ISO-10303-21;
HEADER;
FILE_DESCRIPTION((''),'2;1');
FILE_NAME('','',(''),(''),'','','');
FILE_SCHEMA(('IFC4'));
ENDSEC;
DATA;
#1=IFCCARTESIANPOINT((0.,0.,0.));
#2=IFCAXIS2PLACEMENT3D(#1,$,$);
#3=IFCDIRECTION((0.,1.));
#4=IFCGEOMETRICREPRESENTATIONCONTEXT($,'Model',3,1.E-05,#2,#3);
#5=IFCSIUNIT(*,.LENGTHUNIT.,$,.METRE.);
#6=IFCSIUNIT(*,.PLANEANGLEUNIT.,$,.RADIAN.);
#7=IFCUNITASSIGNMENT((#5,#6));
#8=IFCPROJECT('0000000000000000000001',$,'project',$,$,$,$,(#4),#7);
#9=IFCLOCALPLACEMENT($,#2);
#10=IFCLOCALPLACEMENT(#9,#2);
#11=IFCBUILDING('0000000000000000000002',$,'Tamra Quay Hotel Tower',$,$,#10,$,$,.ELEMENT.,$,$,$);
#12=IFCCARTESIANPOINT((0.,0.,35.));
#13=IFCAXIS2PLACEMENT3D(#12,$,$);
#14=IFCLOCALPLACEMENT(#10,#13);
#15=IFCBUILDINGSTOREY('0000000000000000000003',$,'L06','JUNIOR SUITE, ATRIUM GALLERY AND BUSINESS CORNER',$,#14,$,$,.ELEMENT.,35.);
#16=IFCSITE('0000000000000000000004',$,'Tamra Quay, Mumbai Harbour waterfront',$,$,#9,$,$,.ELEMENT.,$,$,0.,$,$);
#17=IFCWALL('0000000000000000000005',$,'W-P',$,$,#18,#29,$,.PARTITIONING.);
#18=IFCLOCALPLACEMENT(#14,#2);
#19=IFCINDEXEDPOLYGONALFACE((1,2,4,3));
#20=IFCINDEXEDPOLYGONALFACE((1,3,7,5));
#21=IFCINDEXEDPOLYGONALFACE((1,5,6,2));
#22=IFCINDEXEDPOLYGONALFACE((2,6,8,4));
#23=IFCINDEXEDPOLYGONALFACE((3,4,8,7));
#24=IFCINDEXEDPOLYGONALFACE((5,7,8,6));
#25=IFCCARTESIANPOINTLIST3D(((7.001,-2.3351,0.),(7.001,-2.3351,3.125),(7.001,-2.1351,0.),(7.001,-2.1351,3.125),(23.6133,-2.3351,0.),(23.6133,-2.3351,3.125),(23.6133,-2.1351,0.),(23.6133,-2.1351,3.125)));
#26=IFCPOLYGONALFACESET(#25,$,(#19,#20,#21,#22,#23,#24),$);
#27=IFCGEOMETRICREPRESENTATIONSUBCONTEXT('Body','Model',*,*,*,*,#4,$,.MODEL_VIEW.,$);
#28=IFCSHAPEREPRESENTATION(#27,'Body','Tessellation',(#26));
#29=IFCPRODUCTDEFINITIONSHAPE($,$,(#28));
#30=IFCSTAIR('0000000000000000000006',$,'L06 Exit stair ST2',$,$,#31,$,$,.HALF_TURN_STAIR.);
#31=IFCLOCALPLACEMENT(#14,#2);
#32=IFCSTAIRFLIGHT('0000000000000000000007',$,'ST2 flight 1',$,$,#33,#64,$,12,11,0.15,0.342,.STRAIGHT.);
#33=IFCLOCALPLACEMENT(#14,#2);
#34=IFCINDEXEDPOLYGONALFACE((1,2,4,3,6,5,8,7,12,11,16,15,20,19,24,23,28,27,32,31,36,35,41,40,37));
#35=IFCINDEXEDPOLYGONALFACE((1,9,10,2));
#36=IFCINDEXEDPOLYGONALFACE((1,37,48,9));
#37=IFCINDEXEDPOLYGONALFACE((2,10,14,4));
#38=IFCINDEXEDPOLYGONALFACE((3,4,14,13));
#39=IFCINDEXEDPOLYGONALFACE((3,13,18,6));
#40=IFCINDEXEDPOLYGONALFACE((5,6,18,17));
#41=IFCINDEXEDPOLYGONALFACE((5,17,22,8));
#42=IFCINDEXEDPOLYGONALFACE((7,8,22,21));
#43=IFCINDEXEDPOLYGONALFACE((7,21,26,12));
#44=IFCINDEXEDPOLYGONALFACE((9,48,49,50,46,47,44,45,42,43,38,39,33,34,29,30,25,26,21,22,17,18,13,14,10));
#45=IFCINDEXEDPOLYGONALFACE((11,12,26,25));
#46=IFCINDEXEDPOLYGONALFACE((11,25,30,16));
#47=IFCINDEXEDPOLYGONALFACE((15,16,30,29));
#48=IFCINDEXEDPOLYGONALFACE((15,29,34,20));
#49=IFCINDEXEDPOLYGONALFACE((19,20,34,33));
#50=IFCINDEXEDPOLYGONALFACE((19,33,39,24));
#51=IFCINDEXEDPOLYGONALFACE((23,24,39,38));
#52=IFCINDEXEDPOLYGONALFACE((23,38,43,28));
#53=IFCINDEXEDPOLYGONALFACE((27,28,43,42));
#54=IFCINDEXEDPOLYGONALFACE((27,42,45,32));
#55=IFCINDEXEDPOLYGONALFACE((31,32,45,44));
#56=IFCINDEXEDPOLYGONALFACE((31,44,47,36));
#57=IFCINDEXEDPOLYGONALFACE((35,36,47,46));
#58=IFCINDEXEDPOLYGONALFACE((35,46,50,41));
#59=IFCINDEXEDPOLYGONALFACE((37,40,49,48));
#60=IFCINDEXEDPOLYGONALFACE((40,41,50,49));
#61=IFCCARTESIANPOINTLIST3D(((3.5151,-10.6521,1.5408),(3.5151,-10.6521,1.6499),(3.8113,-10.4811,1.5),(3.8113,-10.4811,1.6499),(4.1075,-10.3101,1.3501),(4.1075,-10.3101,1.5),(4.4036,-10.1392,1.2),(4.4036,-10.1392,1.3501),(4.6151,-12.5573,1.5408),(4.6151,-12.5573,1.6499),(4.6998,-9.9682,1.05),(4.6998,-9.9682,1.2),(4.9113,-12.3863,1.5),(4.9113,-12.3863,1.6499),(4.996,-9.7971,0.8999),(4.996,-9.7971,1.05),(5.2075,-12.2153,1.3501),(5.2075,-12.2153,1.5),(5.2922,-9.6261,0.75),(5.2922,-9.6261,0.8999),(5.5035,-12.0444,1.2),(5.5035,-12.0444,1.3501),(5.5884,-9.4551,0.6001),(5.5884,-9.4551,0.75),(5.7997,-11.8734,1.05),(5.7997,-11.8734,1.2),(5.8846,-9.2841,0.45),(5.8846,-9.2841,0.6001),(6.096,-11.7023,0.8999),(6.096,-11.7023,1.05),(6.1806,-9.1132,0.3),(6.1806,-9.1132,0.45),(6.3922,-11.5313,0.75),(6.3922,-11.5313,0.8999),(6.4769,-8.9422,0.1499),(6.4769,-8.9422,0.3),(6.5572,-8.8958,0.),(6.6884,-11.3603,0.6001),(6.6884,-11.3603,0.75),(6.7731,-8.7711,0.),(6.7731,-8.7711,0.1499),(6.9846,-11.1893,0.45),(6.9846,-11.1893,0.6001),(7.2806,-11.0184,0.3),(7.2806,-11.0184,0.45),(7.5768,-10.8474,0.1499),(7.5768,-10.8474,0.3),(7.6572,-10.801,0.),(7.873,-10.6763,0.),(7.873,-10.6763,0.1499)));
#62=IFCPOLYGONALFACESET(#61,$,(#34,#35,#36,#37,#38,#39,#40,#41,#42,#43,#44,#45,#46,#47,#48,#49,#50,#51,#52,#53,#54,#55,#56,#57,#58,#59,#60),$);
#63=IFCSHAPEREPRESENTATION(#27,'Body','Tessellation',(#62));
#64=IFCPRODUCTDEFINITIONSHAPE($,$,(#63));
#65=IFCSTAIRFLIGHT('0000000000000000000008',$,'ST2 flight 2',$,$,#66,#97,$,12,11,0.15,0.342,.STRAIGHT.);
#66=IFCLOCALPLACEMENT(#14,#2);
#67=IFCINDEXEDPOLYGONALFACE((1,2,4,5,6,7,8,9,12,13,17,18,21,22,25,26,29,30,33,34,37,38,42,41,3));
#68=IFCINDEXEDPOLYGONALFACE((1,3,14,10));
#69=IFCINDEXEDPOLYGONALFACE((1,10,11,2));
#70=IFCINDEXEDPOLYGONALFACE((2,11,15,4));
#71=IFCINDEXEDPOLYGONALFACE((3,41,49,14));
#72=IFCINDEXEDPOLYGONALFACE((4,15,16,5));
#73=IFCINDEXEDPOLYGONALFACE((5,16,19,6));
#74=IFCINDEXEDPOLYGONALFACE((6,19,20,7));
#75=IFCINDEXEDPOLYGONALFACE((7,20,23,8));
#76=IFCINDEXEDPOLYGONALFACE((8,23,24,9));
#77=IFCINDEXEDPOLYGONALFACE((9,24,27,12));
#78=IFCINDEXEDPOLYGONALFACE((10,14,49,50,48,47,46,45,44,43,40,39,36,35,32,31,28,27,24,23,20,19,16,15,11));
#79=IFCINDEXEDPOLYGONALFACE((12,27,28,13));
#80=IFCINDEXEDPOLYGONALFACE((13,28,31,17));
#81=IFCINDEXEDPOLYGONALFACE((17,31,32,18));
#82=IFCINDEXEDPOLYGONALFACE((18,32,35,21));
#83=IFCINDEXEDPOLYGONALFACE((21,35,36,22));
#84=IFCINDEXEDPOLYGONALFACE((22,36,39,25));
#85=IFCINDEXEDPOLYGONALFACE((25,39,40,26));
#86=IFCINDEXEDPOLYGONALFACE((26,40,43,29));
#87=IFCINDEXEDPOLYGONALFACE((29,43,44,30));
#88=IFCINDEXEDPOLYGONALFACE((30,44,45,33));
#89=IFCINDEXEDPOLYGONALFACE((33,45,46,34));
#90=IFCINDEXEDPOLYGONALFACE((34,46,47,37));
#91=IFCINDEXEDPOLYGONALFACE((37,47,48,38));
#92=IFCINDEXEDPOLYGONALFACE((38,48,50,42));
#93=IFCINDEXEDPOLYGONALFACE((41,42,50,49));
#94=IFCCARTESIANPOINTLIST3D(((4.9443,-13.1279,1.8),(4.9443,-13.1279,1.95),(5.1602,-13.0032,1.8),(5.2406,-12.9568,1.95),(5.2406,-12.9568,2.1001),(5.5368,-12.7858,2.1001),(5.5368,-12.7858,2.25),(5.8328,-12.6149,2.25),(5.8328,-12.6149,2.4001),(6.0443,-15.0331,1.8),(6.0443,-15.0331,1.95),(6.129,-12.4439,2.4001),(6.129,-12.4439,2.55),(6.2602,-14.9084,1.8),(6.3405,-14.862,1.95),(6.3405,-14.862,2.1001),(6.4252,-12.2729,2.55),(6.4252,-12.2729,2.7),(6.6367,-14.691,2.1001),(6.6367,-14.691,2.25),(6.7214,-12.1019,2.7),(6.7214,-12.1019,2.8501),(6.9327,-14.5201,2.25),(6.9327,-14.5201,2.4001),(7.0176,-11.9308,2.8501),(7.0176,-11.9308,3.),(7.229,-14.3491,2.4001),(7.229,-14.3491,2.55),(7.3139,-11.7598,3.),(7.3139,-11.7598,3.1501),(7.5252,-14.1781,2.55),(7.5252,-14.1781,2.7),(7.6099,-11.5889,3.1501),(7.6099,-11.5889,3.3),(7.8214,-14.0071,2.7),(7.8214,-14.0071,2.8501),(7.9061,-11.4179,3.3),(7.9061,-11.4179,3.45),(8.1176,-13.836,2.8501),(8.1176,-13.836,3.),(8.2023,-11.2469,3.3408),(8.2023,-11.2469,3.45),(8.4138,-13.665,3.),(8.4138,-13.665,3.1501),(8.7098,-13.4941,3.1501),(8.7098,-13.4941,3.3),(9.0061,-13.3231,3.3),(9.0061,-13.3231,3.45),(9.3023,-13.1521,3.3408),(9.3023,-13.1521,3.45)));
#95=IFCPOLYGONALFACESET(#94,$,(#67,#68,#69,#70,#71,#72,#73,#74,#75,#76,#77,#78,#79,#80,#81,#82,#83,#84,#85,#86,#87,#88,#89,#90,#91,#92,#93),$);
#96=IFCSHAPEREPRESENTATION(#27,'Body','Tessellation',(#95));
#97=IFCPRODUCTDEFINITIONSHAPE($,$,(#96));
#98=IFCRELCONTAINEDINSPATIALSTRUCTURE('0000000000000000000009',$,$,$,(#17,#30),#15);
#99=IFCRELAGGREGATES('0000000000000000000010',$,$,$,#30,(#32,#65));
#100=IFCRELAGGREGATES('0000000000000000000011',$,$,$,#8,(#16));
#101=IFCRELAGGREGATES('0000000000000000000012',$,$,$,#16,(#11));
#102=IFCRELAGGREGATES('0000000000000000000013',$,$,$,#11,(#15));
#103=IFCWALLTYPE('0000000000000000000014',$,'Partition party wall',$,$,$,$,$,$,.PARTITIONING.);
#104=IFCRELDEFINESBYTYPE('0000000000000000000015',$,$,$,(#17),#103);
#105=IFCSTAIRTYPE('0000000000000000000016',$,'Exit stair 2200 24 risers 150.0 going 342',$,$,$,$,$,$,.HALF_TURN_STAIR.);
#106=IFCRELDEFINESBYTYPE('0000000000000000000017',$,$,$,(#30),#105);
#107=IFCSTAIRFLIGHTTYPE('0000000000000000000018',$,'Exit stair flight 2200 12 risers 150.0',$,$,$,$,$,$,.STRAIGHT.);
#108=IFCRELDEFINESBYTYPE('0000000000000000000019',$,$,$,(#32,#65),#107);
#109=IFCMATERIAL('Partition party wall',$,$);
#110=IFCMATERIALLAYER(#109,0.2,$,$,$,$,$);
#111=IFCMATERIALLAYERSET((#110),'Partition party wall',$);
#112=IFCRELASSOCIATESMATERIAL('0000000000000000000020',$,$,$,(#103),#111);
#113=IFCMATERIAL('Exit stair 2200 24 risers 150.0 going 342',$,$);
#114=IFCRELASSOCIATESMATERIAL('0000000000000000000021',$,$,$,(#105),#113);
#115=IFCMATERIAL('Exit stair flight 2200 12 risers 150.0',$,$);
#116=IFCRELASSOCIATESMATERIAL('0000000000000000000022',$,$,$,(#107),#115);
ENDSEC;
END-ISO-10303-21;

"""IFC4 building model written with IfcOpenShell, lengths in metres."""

from ifc_helpers import new_model, si_unit, direction, frame, frame_2d, origin, place, context, subcontext, project, spatial, polyline, rectangle, outline, extrude, material, layer, layer_set, type_object, element, aggregate, save


model = new_model("IFC4")

# Units and contexts
model_context = context("Model", 3, precision=1e-05, world=origin(), true_north=direction((0.0, 1.0)))
body_context = subcontext(model_context, "Body", "Model", "MODEL_VIEW")
ifc_project = project(units=[si_unit("LENGTHUNIT", "METRE"), si_unit("PLANEANGLEUNIT", "RADIAN")], contexts=[model_context])

# Site, building, storey
site_placement = place(None, origin())
site = spatial("IfcSite", under=ifc_project, at=site_placement, Name="Tamra Quay, Mumbai Harbour waterfront", CompositionType="ELEMENT", RefElevation=0.0)
building_placement = place(site_placement, origin())
building = spatial("IfcBuilding", under=site, at=building_placement, Name="Tamra Quay Hotel Tower", CompositionType="ELEMENT")
storey_placement = place(building_placement, frame((0.0, 0.0, 35.0)))
storey = spatial("IfcBuildingStorey", under=building, at=storey_placement, Name="L06", Description="JUNIOR SUITE, ATRIUM GALLERY AND BUSINESS CORNER", CompositionType="ELEMENT", Elevation=35.0)

# Wall
ifc_material_1 = material(Name="Partition party wall")
ifc_layer_1 = layer(ifc_material_1, 0.2)
ifc_layer_set_1 = layer_set([ifc_layer_1], Name="Partition party wall")
wall_type_1 = type_object("IfcWallType", Name="Partition party wall", PredefinedType="PARTITIONING", material=ifc_layer_set_1)
wall_1_placement = place(storey_placement, frame((7.001, -2.2351, 0.0), z_axis=(0.0, 0.0, 1.0), x_axis=(1.0, 0.0, 0.0)))
element("IfcWall", 1, at=wall_1_placement, inside=storey, type_object=wall_type_1, Name="W-P", PredefinedType="PARTITIONING", context=body_context, shape_type="SweptSolid", body=[
    extrude(rectangle(XDim=16.6123, YDim=0.2, at=frame_2d((8.3062, 0.0))), origin(), (0.0, 0.0, 1.0), 3.125),
])

# Stair, stair flights
ifc_material_2 = material(Name="Exit stair 2200 24 risers 150.0 going 342")
stair_type = type_object("IfcStairType", Name="Exit stair 2200 24 risers 150.0 going 342", PredefinedType="HALF_TURN_STAIR", material=ifc_material_2)
stair_placement = place(storey_placement, origin())
stair = element("IfcStair", 2, at=stair_placement, inside=storey, type_object=stair_type, Name="L06 Exit stair ST2", PredefinedType="HALF_TURN_STAIR")
ifc_material_3 = material(Name="Exit stair flight 2200 12 risers 150.0")
stair_flight_type = type_object("IfcStairFlightType", Name="Exit stair flight 2200 12 risers 150.0", PredefinedType="STRAIGHT", material=ifc_material_3)
stair_flight_1_placement = place(storey_placement, frame((7.323, -9.7236, 0.0), z_axis=(0.0, 0.0, 1.0), x_axis=(-0.866025, -0.5, 0.0)))
stair_flight_1 = element("IfcStairFlight", 3, at=stair_flight_1_placement, type_object=stair_flight_type, Name="ST2 flight 1", NumberOfRisers=12, NumberOfTreads=11, PredefinedType="STRAIGHT", RiserHeight=0.15, TreadLength=0.342, context=body_context, shape_type="SweptSolid", body=[
    extrude(outline(polyline([(0.0, 0.0), (0.0, 0.1499), (0.342, 0.1499), (0.342, 0.3), (0.6841, 0.3), (0.6841, 0.45), (1.0259, 0.45), (1.0259, 0.6001), (1.3679, 0.6001), (1.3679, 0.75), (1.71, 0.75), (1.71, 0.8999), (2.052, 0.8999), (2.052, 1.05), (2.394, 1.05), (2.394, 1.2), (2.7361, 1.2), (2.7361, 1.3501), (3.0779, 1.3501), (3.0779, 1.5), (3.4199, 1.5), (3.4199, 1.6499), (3.762, 1.6499), (3.762, 1.8), (3.762, 1.5408), (0.2493, 0.0), (0.0, 0.0)])), frame((0.0, 1.1001, 0.0), z_axis=(0.0, -1.0, 0.0), x_axis=(1.0, 0.0, 0.0)), (0.0, 0.0, 1.0), 2.2),
])
stair_flight_2_placement = place(storey_placement, frame((5.4944, -14.0806, 1.8), z_axis=(0.0, 0.0, 1.0), x_axis=(0.866025, 0.5, 0.0)))
stair_flight_2 = element("IfcStairFlight", 4, at=stair_flight_2_placement, type_object=stair_flight_type, Name="ST2 flight 2", NumberOfRisers=12, NumberOfTreads=11, PredefinedType="STRAIGHT", RiserHeight=0.15, TreadLength=0.342, context=body_context, shape_type="SweptSolid", body=[
    extrude(outline(polyline([(0.0, 0.0), (0.0, 0.1499), (0.342, 0.1499), (0.342, 0.3), (0.6841, 0.3), (0.6841, 0.45), (1.0259, 0.45), (1.0259, 0.6001), (1.3679, 0.6001), (1.3679, 0.75), (1.71, 0.75), (1.71, 0.8999), (2.052, 0.8999), (2.052, 1.05), (2.394, 1.05), (2.394, 1.2), (2.7361, 1.2), (2.7361, 1.3501), (3.0779, 1.3501), (3.0779, 1.5), (3.4199, 1.5), (3.4199, 1.6499), (3.762, 1.6499), (3.762, 1.8), (3.762, 1.5408), (0.2493, 0.0), (0.0, 0.0)])), frame((0.0, 1.1001, 0.0), z_axis=(0.0, -1.0, 0.0), x_axis=(1.0, 0.0, 0.0)), (0.0, 0.0, 1.0), 2.2),
])
aggregate(stair, [stair_flight_1, stair_flight_2])

save(model, "model.ifc")
